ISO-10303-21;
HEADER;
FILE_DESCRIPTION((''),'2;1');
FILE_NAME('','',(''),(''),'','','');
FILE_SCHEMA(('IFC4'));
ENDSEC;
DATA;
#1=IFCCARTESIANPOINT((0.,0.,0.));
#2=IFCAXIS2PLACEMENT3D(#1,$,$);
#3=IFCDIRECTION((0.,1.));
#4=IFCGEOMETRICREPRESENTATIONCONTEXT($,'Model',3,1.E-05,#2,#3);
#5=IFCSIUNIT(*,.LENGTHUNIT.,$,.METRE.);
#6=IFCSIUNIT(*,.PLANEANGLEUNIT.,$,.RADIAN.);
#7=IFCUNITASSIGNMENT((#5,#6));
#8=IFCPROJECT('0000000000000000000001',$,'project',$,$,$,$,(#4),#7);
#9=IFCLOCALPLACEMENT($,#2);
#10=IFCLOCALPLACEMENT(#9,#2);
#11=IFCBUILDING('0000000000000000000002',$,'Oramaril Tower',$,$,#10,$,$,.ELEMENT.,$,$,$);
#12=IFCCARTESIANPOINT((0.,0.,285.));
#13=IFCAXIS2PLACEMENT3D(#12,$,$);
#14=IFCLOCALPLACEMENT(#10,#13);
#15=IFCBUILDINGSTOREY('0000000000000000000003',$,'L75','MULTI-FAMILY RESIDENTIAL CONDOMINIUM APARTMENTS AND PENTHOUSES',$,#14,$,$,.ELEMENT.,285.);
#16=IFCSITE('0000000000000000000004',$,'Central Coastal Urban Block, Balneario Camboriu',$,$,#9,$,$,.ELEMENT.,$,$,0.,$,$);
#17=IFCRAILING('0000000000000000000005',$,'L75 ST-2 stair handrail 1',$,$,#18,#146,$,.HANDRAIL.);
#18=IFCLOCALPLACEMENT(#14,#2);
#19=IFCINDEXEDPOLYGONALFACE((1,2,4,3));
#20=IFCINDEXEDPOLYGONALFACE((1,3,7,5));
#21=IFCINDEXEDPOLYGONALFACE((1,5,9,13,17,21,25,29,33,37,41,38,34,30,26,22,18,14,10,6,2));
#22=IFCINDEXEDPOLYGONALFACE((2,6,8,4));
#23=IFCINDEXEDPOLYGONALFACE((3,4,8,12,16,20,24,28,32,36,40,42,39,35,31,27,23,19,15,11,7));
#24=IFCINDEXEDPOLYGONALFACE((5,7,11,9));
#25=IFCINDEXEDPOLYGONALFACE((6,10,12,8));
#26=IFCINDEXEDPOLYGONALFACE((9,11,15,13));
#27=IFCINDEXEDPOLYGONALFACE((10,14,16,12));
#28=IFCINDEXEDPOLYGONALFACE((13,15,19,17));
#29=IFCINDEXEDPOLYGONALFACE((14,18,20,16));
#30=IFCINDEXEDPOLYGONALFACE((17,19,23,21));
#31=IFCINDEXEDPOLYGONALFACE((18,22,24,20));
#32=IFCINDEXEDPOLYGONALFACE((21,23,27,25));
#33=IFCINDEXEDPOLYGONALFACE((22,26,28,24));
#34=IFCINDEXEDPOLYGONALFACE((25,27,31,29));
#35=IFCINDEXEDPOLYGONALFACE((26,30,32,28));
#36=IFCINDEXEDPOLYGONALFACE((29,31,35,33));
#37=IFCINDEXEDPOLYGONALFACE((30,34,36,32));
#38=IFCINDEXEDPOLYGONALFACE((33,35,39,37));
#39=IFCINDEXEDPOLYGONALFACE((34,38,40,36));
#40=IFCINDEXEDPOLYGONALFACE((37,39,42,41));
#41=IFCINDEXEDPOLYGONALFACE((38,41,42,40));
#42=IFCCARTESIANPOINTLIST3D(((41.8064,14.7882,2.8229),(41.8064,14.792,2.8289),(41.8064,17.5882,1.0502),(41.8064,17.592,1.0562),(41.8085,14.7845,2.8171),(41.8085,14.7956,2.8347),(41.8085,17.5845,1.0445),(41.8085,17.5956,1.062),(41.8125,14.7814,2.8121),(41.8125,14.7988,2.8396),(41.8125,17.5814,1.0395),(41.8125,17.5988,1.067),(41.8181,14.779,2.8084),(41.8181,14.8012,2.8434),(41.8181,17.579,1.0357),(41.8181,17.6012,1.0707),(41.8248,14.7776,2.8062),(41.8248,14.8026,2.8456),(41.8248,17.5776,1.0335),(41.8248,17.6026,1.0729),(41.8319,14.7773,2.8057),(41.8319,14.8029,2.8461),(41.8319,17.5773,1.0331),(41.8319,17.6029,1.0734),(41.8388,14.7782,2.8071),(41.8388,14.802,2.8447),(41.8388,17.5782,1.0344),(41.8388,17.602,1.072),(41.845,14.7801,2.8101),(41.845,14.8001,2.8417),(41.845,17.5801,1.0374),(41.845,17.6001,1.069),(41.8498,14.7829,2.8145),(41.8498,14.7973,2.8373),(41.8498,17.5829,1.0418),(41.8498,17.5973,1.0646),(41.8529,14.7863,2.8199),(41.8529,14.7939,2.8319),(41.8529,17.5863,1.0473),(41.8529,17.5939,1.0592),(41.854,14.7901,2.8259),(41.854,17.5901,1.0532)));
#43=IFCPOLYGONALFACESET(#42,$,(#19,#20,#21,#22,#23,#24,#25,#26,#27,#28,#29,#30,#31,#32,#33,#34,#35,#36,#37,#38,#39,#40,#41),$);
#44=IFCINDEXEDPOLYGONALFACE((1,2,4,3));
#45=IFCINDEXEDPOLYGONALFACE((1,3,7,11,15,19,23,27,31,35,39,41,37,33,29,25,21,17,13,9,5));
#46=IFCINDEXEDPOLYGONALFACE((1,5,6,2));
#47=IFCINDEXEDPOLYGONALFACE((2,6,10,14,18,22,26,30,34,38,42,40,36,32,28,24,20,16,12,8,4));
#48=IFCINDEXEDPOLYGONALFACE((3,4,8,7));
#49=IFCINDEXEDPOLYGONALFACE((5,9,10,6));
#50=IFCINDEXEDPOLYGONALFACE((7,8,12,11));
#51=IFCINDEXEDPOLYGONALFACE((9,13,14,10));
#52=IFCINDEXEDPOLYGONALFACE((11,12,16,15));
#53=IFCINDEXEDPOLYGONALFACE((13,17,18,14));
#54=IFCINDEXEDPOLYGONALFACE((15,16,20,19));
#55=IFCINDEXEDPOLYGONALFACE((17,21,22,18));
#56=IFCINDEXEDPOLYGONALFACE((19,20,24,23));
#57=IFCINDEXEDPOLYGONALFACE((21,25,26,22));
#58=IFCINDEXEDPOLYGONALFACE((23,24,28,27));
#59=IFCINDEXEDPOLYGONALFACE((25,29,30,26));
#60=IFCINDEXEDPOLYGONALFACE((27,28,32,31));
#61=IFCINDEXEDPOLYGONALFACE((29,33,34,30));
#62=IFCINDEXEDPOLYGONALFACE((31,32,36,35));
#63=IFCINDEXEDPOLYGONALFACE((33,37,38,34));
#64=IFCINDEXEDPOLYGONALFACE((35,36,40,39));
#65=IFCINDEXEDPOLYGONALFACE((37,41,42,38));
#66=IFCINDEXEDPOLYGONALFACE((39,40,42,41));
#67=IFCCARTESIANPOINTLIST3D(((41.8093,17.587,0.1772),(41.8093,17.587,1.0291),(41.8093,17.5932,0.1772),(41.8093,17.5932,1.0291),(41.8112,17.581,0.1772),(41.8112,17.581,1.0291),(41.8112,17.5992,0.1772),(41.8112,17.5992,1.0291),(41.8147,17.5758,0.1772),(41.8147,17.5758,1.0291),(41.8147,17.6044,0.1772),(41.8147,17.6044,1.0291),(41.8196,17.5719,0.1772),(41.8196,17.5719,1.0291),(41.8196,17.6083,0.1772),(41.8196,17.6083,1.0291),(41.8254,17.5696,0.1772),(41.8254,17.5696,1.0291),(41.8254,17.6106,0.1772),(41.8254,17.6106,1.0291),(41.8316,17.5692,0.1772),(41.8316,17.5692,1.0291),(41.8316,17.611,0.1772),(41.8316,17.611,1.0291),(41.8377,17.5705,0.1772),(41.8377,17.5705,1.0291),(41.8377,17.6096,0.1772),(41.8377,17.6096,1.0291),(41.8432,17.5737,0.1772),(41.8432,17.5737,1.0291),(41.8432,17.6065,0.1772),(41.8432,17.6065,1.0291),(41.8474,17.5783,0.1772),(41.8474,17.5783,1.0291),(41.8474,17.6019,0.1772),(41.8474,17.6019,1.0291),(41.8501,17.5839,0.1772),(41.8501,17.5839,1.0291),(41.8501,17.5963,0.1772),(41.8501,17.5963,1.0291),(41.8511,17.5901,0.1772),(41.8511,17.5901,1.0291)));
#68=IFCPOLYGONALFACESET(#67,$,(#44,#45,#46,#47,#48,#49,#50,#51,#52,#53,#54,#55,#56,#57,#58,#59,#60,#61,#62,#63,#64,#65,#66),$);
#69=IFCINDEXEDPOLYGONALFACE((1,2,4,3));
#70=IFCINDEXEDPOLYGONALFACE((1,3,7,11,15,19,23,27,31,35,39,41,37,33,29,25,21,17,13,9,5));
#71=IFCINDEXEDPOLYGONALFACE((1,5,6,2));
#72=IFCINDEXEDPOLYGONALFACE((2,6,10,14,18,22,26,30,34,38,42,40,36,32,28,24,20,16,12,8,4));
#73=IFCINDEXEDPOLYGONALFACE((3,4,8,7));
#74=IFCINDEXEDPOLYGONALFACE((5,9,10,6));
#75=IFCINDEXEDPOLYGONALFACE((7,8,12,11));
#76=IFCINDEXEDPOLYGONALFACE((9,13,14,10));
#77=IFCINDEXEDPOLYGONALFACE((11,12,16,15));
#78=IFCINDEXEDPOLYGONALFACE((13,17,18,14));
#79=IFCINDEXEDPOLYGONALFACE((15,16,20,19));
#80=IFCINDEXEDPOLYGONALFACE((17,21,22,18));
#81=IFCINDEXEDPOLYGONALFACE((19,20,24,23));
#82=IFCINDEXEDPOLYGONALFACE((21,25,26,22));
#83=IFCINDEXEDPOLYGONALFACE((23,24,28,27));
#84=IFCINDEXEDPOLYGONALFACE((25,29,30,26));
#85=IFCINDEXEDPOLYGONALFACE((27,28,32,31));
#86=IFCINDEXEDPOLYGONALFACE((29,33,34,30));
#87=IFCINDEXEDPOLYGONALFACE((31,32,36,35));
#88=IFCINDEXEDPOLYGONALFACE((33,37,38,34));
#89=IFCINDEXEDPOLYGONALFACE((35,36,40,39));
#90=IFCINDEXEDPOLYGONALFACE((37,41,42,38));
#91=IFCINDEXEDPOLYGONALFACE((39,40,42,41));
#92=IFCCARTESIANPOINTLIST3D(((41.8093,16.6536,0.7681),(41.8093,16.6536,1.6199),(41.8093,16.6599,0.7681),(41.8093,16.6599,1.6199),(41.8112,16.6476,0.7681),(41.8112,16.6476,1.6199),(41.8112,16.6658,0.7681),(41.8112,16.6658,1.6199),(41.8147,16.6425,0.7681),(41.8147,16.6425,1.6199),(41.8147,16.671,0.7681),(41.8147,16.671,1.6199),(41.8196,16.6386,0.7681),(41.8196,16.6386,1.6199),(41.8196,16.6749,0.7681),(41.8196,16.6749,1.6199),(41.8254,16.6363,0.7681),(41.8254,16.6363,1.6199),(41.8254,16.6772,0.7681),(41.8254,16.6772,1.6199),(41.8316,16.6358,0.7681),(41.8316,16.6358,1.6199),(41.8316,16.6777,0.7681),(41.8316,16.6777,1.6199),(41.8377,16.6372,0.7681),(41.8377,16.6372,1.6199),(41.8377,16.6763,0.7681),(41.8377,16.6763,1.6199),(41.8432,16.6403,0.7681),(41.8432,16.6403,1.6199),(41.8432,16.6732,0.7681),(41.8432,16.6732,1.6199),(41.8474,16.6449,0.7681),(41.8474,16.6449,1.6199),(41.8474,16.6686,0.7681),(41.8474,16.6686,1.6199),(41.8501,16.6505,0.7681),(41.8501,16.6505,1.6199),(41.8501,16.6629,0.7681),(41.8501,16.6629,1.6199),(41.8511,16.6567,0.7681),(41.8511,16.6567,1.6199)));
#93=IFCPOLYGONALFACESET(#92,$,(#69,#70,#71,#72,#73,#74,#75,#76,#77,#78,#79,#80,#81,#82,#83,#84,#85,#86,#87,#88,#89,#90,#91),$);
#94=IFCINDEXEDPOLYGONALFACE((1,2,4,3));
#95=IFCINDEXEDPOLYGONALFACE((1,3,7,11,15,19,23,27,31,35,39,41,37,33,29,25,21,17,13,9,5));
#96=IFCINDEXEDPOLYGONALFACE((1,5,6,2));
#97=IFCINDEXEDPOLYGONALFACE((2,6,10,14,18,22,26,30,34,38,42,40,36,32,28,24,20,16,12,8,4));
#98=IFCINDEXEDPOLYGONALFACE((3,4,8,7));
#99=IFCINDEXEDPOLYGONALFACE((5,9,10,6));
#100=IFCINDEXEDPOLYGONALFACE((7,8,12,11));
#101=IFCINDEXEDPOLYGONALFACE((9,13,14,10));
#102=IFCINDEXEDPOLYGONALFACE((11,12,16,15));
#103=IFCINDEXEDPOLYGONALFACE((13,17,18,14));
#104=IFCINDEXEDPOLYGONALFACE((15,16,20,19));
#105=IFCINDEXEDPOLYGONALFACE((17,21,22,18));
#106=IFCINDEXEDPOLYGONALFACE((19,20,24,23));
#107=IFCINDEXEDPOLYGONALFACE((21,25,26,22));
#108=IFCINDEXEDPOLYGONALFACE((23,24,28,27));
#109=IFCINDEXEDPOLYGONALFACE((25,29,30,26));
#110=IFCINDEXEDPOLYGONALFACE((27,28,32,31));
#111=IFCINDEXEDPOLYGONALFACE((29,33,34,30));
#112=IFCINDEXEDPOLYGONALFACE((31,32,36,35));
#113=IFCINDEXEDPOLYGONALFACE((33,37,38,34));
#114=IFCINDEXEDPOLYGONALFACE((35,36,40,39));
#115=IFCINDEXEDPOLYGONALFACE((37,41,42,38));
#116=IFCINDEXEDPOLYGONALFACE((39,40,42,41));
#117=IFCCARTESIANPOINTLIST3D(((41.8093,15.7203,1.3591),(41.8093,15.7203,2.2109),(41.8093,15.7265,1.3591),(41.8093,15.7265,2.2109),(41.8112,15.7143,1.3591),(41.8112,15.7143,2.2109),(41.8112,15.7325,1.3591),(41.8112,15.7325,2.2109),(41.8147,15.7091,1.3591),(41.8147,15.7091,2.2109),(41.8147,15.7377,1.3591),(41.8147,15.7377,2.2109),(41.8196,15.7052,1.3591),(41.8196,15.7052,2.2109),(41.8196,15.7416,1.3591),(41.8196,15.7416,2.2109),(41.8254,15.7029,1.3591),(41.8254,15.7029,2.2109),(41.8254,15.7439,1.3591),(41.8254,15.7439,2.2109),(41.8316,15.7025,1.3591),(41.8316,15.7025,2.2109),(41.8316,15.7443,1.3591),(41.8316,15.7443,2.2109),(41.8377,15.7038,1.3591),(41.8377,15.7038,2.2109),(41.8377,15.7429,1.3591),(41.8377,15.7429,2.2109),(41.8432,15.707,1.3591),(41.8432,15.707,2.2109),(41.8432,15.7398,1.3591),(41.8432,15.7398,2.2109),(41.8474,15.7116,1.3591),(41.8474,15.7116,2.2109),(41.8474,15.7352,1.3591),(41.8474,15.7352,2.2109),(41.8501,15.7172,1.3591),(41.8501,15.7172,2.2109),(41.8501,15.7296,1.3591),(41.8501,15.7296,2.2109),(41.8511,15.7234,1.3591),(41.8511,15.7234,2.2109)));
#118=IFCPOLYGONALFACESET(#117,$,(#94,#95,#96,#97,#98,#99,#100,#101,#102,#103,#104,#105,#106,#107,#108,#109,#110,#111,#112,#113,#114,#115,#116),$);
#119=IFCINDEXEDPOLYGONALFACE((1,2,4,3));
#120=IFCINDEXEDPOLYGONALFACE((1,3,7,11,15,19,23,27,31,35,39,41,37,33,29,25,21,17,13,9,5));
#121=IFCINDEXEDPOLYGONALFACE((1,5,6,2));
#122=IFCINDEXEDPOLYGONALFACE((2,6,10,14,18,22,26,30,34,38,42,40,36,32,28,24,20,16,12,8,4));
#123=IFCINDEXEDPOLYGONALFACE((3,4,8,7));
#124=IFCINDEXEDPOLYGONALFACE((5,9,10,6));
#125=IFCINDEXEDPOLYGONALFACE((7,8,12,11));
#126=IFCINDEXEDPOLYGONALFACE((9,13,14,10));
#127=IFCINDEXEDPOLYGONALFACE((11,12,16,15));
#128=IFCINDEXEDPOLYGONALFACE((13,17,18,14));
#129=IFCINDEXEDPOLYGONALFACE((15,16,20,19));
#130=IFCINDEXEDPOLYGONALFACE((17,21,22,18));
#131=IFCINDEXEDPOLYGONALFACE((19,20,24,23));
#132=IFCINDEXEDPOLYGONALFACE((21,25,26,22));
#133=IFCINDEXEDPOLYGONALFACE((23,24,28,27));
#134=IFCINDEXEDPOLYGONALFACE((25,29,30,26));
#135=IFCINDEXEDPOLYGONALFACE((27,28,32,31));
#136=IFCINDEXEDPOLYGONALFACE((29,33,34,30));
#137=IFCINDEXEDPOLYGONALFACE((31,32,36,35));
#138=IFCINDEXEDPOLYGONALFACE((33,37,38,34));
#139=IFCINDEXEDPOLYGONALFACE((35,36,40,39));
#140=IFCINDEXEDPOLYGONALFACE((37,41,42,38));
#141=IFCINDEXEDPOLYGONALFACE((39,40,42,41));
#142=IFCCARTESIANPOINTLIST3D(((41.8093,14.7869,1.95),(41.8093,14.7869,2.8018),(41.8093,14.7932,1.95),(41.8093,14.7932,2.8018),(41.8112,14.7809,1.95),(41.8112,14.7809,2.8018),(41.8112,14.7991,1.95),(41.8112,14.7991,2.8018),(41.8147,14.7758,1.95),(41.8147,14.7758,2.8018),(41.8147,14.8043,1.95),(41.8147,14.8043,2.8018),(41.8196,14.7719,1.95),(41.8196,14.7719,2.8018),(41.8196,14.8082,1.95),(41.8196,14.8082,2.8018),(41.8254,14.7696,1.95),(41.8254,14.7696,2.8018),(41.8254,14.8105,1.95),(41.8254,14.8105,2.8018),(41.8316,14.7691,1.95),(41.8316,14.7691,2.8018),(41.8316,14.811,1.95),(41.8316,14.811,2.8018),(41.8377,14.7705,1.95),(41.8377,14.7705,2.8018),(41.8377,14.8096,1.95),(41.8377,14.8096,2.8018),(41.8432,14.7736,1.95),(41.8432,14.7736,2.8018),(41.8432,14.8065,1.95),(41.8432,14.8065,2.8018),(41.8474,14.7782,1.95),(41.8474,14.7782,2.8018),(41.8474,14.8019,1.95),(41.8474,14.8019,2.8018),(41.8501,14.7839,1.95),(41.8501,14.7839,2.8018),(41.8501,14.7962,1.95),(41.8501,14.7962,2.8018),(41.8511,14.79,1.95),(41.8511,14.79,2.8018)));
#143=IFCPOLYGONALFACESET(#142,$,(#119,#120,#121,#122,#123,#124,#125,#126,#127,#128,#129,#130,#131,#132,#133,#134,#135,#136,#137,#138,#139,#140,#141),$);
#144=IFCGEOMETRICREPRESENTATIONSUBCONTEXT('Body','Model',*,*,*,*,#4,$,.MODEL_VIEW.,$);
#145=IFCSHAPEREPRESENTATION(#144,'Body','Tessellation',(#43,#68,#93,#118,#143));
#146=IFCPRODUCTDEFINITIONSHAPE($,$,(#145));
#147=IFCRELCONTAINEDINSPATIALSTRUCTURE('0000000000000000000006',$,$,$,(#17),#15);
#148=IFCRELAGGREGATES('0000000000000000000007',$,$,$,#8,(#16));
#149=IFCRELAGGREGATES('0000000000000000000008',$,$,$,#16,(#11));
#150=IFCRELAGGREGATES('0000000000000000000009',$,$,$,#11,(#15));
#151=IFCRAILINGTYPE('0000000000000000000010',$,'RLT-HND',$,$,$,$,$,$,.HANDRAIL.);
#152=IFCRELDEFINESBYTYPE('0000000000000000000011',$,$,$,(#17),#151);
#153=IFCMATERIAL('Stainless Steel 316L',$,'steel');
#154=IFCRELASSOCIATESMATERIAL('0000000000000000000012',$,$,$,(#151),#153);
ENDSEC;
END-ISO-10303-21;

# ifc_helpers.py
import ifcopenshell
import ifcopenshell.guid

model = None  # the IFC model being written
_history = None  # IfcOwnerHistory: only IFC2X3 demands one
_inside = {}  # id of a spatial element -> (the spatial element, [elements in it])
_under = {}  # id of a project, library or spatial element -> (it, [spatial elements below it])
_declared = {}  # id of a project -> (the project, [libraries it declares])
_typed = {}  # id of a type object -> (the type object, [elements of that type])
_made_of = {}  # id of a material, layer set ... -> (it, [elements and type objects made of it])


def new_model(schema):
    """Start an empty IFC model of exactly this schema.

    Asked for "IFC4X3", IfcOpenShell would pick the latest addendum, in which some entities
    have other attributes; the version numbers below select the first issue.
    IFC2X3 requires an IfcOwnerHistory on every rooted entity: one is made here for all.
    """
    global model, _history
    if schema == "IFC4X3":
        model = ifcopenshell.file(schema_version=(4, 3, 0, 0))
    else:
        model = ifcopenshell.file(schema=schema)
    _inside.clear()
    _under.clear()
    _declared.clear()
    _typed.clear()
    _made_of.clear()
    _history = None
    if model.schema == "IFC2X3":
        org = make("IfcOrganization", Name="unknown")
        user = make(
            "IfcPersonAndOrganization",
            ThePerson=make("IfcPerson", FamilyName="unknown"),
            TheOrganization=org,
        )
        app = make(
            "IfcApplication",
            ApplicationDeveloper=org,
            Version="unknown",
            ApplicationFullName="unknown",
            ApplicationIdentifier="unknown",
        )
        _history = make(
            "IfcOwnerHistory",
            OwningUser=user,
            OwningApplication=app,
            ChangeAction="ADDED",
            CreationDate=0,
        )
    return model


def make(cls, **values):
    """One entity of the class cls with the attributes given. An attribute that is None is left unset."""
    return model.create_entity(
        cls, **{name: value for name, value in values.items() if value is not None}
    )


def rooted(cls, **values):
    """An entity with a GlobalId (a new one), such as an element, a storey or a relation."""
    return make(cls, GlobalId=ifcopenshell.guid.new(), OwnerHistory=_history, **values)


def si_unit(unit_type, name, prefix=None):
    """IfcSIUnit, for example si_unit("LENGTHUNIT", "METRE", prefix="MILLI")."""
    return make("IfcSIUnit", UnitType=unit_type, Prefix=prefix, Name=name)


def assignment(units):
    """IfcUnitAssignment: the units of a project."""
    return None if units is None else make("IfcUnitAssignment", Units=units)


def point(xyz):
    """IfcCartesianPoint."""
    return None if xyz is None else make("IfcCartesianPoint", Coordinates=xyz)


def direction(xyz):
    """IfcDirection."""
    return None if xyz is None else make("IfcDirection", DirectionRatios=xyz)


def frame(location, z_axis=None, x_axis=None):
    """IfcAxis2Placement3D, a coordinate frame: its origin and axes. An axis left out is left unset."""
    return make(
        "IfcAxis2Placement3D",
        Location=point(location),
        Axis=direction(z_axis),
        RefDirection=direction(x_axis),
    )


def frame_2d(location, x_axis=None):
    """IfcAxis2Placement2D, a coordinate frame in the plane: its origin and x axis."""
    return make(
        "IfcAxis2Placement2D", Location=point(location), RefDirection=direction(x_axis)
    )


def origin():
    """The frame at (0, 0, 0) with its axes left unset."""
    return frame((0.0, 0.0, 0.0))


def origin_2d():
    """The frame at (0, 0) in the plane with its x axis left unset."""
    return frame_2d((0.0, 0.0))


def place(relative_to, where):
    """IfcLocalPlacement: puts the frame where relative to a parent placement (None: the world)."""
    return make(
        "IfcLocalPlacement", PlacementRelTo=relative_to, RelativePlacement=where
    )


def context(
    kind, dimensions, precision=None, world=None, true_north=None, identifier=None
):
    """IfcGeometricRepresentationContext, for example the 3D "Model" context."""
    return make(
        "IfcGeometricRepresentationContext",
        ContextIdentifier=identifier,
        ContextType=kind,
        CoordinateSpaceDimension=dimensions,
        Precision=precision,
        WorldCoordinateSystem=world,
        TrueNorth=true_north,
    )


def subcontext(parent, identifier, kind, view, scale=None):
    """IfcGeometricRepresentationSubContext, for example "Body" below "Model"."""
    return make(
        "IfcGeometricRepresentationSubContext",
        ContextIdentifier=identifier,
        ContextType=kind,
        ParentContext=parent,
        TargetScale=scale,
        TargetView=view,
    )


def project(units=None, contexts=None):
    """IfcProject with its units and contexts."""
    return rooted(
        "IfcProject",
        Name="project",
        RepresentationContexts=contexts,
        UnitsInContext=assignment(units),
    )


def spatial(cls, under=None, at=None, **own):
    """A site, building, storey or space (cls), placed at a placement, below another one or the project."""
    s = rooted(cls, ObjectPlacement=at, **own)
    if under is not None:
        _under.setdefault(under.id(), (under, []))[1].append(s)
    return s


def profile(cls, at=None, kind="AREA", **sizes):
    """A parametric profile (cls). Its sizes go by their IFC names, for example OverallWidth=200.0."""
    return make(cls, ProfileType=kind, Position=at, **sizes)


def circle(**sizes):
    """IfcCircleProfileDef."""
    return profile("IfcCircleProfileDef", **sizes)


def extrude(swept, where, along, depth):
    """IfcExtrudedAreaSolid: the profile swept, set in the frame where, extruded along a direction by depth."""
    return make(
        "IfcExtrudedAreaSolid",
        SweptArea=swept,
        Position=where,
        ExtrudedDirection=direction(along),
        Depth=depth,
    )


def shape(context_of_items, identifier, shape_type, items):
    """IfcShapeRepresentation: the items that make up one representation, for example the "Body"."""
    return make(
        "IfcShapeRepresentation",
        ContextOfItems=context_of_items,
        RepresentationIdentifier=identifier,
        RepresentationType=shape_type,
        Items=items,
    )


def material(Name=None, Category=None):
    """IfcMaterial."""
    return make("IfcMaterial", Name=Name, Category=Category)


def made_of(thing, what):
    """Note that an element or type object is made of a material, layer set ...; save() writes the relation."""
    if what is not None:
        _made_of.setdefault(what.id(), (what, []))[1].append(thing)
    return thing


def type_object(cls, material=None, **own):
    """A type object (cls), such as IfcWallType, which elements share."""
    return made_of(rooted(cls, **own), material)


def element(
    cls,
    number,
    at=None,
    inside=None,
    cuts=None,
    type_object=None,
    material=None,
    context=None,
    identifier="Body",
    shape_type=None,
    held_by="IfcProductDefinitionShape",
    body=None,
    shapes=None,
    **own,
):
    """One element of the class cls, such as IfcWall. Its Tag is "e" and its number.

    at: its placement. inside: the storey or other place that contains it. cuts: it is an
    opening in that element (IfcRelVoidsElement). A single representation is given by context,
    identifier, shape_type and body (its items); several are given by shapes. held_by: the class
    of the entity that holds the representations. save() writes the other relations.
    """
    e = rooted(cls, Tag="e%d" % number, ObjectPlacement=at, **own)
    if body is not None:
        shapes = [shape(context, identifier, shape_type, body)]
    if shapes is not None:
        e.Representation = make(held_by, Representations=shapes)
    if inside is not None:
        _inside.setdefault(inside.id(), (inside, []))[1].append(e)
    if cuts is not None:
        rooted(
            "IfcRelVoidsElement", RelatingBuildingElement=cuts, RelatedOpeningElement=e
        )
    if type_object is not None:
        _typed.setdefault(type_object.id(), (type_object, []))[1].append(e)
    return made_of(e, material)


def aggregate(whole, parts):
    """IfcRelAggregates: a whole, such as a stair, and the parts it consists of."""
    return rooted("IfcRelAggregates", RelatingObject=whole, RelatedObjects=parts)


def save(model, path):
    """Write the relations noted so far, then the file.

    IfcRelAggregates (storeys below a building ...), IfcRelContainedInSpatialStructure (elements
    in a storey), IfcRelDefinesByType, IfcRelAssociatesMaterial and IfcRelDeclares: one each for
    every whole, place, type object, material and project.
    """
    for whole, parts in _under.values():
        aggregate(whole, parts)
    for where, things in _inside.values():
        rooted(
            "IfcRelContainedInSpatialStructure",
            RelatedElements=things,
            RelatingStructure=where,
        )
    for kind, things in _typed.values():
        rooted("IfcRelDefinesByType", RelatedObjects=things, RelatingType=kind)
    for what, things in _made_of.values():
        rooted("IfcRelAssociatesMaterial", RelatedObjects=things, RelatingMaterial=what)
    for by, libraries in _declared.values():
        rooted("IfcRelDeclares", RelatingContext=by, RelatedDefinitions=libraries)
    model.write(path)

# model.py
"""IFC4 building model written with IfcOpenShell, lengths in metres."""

from ifc_helpers import new_model, si_unit, direction, frame, origin, origin_2d, place, context, subcontext, project, spatial, circle, extrude, material, type_object, element, save


model = new_model("IFC4")

# Units and contexts
model_context = context("Model", 3, precision=1e-05, world=origin(), true_north=direction((0.0, 1.0)))
body_context = subcontext(model_context, "Body", "Model", "MODEL_VIEW")
ifc_project = project(units=[si_unit("LENGTHUNIT", "METRE"), si_unit("PLANEANGLEUNIT", "RADIAN")], contexts=[model_context])

# Site, building, storey
site_placement = place(None, origin())
site = spatial("IfcSite", under=ifc_project, at=site_placement, Name="Central Coastal Urban Block, Balneario Camboriu", CompositionType="ELEMENT", RefElevation=0.0)
building_placement = place(site_placement, origin())
building = spatial("IfcBuilding", under=site, at=building_placement, Name="Oramaril Tower", CompositionType="ELEMENT")
storey_placement = place(building_placement, frame((0.0, 0.0, 285.0)))
storey = spatial("IfcBuildingStorey", under=building, at=storey_placement, Name="L75", Description="MULTI-FAMILY RESIDENTIAL CONDOMINIUM APARTMENTS AND PENTHOUSES", CompositionType="ELEMENT", Elevation=285.0)

# Railing
ifc_material_1 = material(Name="Stainless Steel 316L", Category="steel")
railing_type_1 = type_object("IfcRailingType", Name="RLT-HND", PredefinedType="HANDRAIL", material=ifc_material_1)
railing_1_placement = place(storey_placement, frame((41.8301, 17.5901, 0.1772)))
element("IfcRailing", 1, at=railing_1_placement, inside=storey, type_object=railing_type_1, Name="L75 ST-2 stair handrail 1", PredefinedType="HANDRAIL", context=body_context, shape_type="SweptSolid", body=[
    extrude(circle(Radius=0.0239, at=origin_2d()), frame((0.0, 0.0, 0.876), z_axis=(0.0, -0.844909, 0.53491), x_axis=(1.0, 0.0, 0.0)), (0.0, 0.0, 1.0), 3.314),
    extrude(circle(Radius=0.021, at=origin_2d()), origin(), (0.0, 0.0, 1.0), 0.8518),
    extrude(circle(Radius=0.021, at=origin_2d()), frame((0.0, -0.9333, 0.5908)), (0.0, 0.0, 1.0), 0.8518),
    extrude(circle(Radius=0.021, at=origin_2d()), frame((0.0, -1.8667, 1.1819)), (0.0, 0.0, 1.0), 0.8518),
    extrude(circle(Radius=0.021, at=origin_2d()), frame((0.0, -2.8, 1.7727)), (0.0, 0.0, 1.0), 0.8518),
])

save(model, "model.ifc")
